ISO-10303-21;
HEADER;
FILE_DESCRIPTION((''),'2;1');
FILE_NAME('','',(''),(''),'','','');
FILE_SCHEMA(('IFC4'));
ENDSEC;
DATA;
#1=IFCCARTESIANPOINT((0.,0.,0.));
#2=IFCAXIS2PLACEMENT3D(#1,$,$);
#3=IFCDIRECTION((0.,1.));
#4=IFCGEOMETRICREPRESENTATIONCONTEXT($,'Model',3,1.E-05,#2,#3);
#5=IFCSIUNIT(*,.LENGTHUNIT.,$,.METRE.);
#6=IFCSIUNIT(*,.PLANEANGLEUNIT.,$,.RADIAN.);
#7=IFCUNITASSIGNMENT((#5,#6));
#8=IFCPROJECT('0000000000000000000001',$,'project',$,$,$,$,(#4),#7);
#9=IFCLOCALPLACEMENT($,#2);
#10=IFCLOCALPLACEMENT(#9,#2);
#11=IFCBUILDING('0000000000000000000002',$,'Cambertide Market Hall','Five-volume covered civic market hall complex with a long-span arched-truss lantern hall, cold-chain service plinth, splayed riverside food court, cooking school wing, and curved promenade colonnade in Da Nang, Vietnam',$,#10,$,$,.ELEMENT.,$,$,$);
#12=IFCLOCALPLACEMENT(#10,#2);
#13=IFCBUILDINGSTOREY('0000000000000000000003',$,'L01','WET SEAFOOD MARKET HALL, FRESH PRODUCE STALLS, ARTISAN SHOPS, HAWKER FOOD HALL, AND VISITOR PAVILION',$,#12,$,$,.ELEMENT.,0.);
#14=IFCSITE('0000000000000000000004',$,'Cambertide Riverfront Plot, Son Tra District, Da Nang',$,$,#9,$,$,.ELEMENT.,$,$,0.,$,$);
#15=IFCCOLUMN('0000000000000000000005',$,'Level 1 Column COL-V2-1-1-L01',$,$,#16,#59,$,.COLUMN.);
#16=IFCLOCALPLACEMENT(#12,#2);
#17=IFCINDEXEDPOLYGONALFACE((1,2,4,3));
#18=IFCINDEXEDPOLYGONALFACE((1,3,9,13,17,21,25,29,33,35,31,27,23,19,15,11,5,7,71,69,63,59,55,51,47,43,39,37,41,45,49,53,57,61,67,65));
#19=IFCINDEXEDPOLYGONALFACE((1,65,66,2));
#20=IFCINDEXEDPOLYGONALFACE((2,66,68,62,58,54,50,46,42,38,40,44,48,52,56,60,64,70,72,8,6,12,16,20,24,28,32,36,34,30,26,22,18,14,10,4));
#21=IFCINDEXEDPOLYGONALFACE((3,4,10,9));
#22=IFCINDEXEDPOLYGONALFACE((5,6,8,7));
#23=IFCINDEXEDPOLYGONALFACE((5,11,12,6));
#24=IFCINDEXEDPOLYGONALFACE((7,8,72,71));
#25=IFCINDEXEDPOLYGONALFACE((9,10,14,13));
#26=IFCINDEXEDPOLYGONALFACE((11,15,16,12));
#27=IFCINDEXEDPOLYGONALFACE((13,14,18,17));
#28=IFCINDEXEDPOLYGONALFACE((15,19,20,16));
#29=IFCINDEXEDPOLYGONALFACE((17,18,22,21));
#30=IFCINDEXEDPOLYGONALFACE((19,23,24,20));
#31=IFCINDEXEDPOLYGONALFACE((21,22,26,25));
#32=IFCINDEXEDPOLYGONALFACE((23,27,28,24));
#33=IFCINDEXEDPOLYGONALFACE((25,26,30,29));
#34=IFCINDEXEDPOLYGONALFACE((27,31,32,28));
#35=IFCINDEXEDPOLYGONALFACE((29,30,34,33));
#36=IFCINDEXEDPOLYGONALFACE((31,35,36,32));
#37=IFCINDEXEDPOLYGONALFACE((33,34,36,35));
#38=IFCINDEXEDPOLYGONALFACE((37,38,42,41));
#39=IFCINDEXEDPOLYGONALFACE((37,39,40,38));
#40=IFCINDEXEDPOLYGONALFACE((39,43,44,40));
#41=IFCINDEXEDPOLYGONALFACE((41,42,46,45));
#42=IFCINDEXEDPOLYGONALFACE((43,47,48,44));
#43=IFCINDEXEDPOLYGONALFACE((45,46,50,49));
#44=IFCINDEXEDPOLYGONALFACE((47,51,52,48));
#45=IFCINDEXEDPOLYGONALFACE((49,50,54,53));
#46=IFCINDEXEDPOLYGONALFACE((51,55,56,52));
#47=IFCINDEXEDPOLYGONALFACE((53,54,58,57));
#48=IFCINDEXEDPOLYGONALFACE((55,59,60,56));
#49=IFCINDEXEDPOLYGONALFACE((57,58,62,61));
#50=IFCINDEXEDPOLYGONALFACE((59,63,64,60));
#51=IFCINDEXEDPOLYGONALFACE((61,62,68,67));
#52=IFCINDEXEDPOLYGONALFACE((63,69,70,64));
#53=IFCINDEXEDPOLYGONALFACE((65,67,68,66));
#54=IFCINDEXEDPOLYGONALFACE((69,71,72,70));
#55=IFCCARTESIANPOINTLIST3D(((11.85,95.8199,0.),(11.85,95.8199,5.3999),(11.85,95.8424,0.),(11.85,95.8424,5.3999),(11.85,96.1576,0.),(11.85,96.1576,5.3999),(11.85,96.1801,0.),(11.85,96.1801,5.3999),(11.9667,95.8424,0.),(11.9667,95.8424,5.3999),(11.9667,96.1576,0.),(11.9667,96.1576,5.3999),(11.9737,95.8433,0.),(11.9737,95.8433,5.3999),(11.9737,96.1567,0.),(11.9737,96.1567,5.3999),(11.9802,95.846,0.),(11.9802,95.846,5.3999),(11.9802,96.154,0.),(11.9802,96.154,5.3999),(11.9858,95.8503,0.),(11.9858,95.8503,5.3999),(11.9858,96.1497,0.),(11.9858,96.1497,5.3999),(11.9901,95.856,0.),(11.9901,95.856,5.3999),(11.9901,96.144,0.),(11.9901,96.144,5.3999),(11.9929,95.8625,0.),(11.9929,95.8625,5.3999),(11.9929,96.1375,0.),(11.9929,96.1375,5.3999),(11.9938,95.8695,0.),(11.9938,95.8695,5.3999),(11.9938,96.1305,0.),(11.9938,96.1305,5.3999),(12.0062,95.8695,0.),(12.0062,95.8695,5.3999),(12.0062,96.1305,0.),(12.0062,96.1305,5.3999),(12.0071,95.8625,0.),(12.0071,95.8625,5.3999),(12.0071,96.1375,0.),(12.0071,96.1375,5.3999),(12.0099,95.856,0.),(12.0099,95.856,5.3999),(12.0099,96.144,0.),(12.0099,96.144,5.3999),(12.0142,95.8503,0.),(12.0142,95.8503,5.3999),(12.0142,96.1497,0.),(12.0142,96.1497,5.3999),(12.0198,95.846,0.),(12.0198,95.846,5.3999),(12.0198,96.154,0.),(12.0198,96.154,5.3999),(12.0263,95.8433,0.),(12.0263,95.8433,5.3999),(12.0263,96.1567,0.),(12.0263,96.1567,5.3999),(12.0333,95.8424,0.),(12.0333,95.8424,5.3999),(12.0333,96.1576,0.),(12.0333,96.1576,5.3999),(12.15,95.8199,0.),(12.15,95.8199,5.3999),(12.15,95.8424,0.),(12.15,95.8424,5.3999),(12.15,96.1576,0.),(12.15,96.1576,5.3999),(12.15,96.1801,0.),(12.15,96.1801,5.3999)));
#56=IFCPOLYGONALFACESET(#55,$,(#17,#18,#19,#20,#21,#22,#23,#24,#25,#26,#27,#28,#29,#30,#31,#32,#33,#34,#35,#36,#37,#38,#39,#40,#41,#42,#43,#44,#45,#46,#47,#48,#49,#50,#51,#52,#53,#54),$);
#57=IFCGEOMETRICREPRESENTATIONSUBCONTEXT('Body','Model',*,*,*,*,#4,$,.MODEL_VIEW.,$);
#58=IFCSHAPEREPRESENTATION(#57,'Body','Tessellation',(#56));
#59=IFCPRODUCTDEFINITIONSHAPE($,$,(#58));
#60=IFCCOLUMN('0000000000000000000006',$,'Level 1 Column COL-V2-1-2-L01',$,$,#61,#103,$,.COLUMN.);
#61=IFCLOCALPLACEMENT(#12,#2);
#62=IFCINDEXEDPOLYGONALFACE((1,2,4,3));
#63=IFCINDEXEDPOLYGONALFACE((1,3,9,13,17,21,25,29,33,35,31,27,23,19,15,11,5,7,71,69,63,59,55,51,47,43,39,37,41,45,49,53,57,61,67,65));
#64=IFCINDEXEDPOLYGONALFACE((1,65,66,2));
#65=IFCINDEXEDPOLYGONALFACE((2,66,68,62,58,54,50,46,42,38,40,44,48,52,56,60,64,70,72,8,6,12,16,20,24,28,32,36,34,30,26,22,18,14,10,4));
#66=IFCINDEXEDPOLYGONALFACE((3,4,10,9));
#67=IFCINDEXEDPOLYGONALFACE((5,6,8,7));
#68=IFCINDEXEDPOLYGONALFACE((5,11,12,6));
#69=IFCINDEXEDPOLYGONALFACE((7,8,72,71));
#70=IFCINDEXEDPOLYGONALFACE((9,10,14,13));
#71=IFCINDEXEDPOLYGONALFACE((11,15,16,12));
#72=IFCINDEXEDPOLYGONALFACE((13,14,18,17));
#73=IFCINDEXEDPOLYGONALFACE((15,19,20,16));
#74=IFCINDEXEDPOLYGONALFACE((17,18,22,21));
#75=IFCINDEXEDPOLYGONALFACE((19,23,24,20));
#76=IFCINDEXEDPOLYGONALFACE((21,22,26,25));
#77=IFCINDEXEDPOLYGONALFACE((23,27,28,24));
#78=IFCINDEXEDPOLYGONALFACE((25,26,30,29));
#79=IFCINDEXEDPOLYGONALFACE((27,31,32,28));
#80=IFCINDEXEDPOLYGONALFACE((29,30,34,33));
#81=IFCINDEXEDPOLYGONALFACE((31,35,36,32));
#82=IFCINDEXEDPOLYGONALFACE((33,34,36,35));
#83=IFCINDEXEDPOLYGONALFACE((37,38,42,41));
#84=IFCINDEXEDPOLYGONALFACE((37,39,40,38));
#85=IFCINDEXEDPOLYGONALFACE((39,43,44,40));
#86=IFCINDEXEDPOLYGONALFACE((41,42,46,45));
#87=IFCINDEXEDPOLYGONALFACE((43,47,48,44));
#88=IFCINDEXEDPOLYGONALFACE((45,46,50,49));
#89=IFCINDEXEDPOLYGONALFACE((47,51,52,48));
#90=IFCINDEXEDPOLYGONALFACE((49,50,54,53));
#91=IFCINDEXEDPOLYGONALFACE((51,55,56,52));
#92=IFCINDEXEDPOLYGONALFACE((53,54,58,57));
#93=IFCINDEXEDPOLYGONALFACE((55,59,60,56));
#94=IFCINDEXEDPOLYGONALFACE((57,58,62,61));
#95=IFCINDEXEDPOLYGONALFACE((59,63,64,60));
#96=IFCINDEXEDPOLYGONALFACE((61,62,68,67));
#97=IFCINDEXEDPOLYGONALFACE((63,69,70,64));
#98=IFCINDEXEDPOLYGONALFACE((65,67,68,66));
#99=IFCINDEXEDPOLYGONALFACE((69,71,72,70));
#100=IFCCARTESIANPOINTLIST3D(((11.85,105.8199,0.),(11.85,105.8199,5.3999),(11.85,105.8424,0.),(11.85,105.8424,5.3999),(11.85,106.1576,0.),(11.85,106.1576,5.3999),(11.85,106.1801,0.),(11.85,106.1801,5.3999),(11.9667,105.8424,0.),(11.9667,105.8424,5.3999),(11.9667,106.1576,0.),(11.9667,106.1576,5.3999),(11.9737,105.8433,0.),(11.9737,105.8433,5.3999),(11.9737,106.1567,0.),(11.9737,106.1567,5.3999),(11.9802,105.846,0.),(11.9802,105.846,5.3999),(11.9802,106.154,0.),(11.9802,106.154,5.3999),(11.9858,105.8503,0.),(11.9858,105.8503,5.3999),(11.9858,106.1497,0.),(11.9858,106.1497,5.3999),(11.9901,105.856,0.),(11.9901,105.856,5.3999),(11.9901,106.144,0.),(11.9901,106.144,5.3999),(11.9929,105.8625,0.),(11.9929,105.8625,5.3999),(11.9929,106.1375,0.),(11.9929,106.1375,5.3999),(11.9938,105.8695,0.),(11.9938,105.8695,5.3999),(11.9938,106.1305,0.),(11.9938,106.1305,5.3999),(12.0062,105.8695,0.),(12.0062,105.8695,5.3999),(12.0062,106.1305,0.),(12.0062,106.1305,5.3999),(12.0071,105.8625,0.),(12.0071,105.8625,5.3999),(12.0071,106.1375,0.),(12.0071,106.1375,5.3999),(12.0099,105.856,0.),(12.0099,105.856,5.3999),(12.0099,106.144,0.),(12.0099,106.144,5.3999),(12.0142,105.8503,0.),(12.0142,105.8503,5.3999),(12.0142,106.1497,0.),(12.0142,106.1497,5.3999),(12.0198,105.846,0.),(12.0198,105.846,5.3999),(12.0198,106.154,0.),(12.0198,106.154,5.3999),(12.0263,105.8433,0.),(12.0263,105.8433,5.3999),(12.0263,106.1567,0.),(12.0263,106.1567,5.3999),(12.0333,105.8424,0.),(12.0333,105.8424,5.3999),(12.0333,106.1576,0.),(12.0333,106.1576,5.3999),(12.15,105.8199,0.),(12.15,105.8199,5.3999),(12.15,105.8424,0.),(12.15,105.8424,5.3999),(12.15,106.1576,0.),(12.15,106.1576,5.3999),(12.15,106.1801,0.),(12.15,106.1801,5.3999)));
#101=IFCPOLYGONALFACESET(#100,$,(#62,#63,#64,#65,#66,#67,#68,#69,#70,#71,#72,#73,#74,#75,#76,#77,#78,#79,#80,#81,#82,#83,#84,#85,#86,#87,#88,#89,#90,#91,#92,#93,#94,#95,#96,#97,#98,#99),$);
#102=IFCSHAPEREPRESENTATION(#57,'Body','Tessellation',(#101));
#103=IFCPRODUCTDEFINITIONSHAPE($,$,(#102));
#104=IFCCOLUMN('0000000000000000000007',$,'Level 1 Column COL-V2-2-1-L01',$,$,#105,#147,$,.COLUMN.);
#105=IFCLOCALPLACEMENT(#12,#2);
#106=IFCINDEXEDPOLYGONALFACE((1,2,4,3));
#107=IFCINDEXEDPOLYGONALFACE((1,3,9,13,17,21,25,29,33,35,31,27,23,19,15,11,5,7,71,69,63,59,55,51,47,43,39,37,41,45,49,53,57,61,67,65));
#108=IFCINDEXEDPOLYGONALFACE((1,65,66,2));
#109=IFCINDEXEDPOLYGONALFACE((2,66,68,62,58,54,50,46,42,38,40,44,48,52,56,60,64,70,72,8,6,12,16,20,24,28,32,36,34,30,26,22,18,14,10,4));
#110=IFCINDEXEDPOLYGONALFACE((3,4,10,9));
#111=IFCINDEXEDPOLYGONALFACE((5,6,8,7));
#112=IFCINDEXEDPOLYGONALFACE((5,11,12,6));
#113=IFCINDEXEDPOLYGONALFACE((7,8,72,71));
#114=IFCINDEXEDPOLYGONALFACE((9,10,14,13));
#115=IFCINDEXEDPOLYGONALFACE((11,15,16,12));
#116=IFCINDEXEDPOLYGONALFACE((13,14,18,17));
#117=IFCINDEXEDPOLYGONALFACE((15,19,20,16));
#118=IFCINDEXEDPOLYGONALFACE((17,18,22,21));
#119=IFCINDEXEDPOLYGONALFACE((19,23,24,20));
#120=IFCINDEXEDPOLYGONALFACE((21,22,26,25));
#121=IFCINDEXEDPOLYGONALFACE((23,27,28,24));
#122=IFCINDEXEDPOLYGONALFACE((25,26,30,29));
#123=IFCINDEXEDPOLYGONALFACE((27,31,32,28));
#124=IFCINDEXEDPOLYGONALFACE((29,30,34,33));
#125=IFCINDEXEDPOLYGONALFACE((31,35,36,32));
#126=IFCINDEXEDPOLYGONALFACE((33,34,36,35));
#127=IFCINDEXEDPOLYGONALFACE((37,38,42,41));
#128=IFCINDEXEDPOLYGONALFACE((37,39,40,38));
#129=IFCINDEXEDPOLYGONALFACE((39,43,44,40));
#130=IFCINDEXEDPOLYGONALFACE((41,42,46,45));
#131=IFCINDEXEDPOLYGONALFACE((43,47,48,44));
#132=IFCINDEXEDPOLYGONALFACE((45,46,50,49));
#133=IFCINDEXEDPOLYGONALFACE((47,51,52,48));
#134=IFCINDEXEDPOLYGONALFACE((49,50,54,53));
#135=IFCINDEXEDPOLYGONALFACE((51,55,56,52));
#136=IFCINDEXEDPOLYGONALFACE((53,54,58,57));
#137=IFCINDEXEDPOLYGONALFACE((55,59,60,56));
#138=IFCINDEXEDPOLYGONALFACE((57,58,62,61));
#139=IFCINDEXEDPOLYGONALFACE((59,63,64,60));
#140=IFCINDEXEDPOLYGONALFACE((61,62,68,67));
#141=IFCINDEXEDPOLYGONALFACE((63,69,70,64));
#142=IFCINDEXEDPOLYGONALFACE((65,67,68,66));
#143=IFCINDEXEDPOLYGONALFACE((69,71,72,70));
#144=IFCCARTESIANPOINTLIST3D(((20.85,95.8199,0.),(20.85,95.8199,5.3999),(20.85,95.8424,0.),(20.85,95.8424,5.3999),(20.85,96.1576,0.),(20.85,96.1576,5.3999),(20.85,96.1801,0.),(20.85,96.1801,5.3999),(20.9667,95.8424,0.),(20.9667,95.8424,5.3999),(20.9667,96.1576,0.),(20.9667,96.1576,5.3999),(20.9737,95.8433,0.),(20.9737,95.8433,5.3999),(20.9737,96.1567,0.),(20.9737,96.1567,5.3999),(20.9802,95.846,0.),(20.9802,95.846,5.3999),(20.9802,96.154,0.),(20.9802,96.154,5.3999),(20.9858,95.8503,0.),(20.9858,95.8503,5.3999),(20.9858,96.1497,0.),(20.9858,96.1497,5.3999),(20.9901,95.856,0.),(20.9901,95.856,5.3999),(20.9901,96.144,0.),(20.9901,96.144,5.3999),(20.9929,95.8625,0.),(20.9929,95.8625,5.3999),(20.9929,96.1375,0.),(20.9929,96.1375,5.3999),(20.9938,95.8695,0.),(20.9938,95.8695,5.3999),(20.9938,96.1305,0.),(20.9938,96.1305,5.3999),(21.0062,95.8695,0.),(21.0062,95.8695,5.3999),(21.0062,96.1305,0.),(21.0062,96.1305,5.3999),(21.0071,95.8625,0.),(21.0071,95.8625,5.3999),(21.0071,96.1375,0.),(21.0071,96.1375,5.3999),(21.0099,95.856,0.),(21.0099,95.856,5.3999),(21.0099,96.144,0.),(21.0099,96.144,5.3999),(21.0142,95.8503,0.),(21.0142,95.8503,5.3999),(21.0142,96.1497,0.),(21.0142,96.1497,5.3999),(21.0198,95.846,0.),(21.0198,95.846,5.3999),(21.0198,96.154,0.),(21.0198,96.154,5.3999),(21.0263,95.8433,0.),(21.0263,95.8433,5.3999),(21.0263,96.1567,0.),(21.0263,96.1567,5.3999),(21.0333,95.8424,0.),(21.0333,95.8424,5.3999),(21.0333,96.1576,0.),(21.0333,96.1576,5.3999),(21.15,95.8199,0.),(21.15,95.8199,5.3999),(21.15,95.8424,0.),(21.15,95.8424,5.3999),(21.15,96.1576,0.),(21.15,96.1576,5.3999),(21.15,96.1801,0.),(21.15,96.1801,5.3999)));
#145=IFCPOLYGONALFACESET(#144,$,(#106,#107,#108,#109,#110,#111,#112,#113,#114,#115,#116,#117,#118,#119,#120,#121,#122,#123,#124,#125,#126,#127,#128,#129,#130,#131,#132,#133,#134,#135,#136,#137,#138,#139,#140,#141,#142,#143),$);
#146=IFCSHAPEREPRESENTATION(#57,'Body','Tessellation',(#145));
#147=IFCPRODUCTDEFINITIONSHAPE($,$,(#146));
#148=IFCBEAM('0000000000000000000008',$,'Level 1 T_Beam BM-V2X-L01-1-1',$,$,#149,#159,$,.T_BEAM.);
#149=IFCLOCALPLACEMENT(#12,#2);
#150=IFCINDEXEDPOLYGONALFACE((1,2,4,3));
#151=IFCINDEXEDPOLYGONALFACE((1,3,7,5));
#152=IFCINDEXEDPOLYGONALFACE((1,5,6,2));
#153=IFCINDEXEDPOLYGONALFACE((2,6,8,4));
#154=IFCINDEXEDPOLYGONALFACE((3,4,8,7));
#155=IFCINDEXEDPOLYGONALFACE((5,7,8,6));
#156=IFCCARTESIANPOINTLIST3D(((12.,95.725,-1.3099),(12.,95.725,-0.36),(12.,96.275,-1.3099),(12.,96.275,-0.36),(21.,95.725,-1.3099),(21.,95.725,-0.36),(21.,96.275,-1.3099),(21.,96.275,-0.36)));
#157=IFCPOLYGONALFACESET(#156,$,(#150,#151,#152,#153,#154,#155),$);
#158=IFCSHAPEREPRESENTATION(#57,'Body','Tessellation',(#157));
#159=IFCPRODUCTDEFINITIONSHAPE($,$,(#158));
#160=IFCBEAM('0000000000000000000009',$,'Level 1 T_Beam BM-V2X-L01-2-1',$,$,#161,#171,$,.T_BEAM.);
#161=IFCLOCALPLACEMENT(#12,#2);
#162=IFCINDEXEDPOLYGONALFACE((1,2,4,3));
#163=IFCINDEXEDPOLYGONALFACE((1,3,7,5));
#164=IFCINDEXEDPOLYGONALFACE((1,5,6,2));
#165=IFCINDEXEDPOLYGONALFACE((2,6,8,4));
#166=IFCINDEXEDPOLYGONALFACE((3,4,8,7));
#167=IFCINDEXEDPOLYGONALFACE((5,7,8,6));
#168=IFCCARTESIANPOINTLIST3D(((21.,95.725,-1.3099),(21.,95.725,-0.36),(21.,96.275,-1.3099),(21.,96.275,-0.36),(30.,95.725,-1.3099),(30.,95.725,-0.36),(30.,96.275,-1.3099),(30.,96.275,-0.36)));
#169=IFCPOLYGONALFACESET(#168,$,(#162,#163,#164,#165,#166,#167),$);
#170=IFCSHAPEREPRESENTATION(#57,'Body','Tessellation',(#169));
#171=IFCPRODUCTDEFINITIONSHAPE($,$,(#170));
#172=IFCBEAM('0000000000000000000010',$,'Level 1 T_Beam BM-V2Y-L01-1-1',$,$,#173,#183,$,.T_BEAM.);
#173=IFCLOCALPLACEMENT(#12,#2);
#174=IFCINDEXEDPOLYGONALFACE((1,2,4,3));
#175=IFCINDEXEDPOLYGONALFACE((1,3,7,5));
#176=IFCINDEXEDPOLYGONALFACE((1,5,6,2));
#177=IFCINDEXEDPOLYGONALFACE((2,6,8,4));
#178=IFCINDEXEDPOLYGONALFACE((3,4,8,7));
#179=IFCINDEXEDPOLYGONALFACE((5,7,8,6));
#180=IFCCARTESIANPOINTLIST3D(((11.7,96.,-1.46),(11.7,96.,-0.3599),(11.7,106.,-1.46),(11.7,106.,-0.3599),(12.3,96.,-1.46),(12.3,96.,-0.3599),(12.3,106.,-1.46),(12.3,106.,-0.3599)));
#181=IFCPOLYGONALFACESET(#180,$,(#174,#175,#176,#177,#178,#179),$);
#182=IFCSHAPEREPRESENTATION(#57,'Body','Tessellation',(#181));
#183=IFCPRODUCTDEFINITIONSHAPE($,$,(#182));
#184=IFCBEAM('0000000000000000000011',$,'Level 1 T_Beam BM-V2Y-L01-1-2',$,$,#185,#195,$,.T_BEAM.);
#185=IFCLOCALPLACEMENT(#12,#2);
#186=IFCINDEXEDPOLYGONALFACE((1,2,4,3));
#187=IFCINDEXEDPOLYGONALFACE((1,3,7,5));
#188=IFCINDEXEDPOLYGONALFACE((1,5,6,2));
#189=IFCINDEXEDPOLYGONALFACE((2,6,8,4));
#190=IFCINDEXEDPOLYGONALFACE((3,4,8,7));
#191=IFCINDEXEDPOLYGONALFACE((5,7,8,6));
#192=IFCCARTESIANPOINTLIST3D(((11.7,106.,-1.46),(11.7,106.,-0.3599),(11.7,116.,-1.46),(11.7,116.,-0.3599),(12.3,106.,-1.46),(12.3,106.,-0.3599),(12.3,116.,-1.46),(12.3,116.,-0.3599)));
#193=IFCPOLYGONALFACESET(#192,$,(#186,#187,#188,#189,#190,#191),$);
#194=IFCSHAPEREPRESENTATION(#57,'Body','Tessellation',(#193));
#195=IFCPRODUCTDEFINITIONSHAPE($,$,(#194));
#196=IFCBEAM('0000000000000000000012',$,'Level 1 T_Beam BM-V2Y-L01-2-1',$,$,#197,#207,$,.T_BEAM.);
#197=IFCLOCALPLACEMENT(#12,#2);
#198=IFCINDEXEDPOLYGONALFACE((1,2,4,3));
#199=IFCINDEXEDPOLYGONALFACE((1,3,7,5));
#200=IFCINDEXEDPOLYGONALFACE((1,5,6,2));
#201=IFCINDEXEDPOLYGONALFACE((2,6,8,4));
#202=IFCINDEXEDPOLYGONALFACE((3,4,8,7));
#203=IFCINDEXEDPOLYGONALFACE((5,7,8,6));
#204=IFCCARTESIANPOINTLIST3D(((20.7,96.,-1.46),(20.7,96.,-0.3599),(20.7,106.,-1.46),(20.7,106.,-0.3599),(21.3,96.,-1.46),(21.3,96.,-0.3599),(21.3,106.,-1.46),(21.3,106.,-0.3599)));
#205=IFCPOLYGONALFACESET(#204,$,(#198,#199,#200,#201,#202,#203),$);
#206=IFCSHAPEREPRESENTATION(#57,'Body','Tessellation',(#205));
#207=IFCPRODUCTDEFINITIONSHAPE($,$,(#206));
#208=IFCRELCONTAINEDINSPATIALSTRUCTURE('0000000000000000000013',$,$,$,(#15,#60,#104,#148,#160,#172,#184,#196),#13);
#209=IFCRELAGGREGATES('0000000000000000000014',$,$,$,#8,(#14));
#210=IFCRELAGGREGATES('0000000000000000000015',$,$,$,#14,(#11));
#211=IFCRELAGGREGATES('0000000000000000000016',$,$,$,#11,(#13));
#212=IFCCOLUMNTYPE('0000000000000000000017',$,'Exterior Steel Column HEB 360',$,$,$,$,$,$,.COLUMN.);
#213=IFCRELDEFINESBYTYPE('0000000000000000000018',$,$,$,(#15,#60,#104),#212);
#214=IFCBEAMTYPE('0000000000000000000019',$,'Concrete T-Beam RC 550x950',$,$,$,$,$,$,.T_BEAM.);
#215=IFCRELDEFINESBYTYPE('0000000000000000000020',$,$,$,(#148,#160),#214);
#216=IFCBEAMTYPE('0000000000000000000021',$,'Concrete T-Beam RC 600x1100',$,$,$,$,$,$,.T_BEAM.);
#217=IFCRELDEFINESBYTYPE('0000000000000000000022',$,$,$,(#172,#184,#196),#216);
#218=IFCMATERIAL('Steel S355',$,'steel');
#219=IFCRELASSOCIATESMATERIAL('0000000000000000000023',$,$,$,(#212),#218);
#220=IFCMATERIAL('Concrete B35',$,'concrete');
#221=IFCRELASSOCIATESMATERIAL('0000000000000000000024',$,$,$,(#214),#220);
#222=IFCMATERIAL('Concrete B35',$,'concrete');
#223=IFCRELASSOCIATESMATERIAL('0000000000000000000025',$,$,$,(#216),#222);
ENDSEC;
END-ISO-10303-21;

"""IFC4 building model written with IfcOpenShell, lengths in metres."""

from ifc_helpers import new_model, si_unit, direction, frame, origin, origin_2d, place, context, subcontext, project, spatial, rectangle, i_section, extrude, material, material_profile, profile_set, type_object, element, save


model = new_model("IFC4")

# Units and contexts
model_context = context("Model", 3, precision=1e-05, world=origin(), true_north=direction((0.0, 1.0)))
body_context = subcontext(model_context, "Body", "Model", "MODEL_VIEW")
ifc_project = project(units=[si_unit("LENGTHUNIT", "METRE"), si_unit("PLANEANGLEUNIT", "RADIAN")], contexts=[model_context])

# Site, building, storey
site_placement = place(None, origin())
site = spatial("IfcSite", under=ifc_project, at=site_placement, Name="Cambertide Riverfront Plot, Son Tra District, Da Nang", CompositionType="ELEMENT", RefElevation=0.0)
building_placement = place(site_placement, origin())
building = spatial("IfcBuilding", under=site, at=building_placement, Name="Cambertide Market Hall", Description="Five-volume covered civic market hall complex with a long-span arched-truss lantern hall, cold-chain service plinth, splayed riverside food court, cooking school wing, and curved promenade colonnade in Da Nang, Vietnam", CompositionType="ELEMENT")
storey_placement = place(building_placement, origin())
storey = spatial("IfcBuildingStorey", under=building, at=storey_placement, Name="L01", Description="WET SEAFOOD MARKET HALL, FRESH PRODUCE STALLS, ARTISAN SHOPS, HAWKER FOOD HALL, AND VISITOR PAVILION", CompositionType="ELEMENT", Elevation=0.0)

# Columns
ifc_material_1 = material(Name="Steel S355", Category="steel")
ifc_material_profile_1 = material_profile(ifc_material_1, i_section(OverallWidth=0.3, OverallDepth=0.3601, WebThickness=0.0125, FlangeThickness=0.0225, FilletRadius=0.0271, at=origin_2d()), Name="HEB 360")
ifc_profile_set_1 = profile_set([ifc_material_profile_1], Name="Steel S355")
column_type = type_object("IfcColumnType", Name="Exterior Steel Column HEB 360", PredefinedType="COLUMN", material=ifc_profile_set_1)
for number, where, z_axis, x_axis, name in (
    (1, (12.0, 96.0, 0.0), (0.0, 0.0, 1.0), (1.0, 0.0, 0.0), "Level 1 Column COL-V2-1-1-L01"),
    (2, (12.0, 106.0, 0.0), (0.0, 0.0, 1.0), (1.0, 0.0, 0.0), "Level 1 Column COL-V2-1-2-L01"),
    (3, (21.0, 96.0, 0.0), (0.0, 0.0, 1.0), (1.0, 0.0, 0.0), "Level 1 Column COL-V2-2-1-L01"),
):
    element("IfcColumn", number, at=place(storey_placement, frame(where, z_axis=z_axis, x_axis=x_axis)), inside=storey, type_object=column_type, Name=name, PredefinedType="COLUMN", context=body_context, shape_type="SweptSolid", body=[
        extrude(i_section(OverallWidth=0.3, OverallDepth=0.3601, WebThickness=0.0125, FlangeThickness=0.0225, FilletRadius=0.0271, at=origin_2d()), origin(), (0.0, 0.0, 1.0), 5.3999),
    ])

# Beams
ifc_material_2 = material(Name="Concrete B35", Category="concrete")
ifc_material_profile_2 = material_profile(ifc_material_2, rectangle(XDim=0.55, YDim=0.95, at=origin_2d()), Name="RC 550x950")
ifc_profile_set_2 = profile_set([ifc_material_profile_2], Name="Concrete B35")
beam_type_1 = type_object("IfcBeamType", Name="Concrete T-Beam RC 550x950", PredefinedType="T_BEAM", material=ifc_profile_set_2)
for number, where, z_axis, x_axis, name in (
    (4, (12.0, 96.0, -0.835), (1.0, 0.0, 0.0), (0.0, 1.0, 0.0), "Level 1 T_Beam BM-V2X-L01-1-1"),
    (5, (21.0, 96.0, -0.835), (1.0, 0.0, 0.0), (0.0, 1.0, 0.0), "Level 1 T_Beam BM-V2X-L01-2-1"),
):
    element("IfcBeam", number, at=place(storey_placement, frame(where, z_axis=z_axis, x_axis=x_axis)), inside=storey, type_object=beam_type_1, Name=name, PredefinedType="T_BEAM", context=body_context, shape_type="SweptSolid", body=[
        extrude(rectangle(XDim=0.55, YDim=0.95, at=origin_2d()), origin(), (0.0, 0.0, 1.0), 9.0),
    ])
ifc_material_3 = material(Name="Concrete B35", Category="concrete")
ifc_material_profile_3 = material_profile(ifc_material_3, rectangle(XDim=0.6001, YDim=1.1001, at=origin_2d()), Name="RC 600x1100")
ifc_profile_set_3 = profile_set([ifc_material_profile_3], Name="Concrete B35")
beam_type_2 = type_object("IfcBeamType", Name="Concrete T-Beam RC 600x1100", PredefinedType="T_BEAM", material=ifc_profile_set_3)
for number, where, z_axis, x_axis, name in (
    (6, (12.0, 96.0, -0.9099), (0.0, 1.0, 0.0), (-1.0, 0.0, 0.0), "Level 1 T_Beam BM-V2Y-L01-1-1"),
    (7, (12.0, 106.0, -0.9099), (0.0, 1.0, 0.0), (-1.0, 0.0, 0.0), "Level 1 T_Beam BM-V2Y-L01-1-2"),
    (8, (21.0, 96.0, -0.9099), (0.0, 1.0, 0.0), (-1.0, 0.0, 0.0), "Level 1 T_Beam BM-V2Y-L01-2-1"),
):
    element("IfcBeam", number, at=place(storey_placement, frame(where, z_axis=z_axis, x_axis=x_axis)), inside=storey, type_object=beam_type_2, Name=name, PredefinedType="T_BEAM", context=body_context, shape_type="SweptSolid", body=[
        extrude(rectangle(XDim=0.6001, YDim=1.1001, at=origin_2d()), origin(), (0.0, 0.0, 1.0), 10.0),
    ])

save(model, "model.ifc")
